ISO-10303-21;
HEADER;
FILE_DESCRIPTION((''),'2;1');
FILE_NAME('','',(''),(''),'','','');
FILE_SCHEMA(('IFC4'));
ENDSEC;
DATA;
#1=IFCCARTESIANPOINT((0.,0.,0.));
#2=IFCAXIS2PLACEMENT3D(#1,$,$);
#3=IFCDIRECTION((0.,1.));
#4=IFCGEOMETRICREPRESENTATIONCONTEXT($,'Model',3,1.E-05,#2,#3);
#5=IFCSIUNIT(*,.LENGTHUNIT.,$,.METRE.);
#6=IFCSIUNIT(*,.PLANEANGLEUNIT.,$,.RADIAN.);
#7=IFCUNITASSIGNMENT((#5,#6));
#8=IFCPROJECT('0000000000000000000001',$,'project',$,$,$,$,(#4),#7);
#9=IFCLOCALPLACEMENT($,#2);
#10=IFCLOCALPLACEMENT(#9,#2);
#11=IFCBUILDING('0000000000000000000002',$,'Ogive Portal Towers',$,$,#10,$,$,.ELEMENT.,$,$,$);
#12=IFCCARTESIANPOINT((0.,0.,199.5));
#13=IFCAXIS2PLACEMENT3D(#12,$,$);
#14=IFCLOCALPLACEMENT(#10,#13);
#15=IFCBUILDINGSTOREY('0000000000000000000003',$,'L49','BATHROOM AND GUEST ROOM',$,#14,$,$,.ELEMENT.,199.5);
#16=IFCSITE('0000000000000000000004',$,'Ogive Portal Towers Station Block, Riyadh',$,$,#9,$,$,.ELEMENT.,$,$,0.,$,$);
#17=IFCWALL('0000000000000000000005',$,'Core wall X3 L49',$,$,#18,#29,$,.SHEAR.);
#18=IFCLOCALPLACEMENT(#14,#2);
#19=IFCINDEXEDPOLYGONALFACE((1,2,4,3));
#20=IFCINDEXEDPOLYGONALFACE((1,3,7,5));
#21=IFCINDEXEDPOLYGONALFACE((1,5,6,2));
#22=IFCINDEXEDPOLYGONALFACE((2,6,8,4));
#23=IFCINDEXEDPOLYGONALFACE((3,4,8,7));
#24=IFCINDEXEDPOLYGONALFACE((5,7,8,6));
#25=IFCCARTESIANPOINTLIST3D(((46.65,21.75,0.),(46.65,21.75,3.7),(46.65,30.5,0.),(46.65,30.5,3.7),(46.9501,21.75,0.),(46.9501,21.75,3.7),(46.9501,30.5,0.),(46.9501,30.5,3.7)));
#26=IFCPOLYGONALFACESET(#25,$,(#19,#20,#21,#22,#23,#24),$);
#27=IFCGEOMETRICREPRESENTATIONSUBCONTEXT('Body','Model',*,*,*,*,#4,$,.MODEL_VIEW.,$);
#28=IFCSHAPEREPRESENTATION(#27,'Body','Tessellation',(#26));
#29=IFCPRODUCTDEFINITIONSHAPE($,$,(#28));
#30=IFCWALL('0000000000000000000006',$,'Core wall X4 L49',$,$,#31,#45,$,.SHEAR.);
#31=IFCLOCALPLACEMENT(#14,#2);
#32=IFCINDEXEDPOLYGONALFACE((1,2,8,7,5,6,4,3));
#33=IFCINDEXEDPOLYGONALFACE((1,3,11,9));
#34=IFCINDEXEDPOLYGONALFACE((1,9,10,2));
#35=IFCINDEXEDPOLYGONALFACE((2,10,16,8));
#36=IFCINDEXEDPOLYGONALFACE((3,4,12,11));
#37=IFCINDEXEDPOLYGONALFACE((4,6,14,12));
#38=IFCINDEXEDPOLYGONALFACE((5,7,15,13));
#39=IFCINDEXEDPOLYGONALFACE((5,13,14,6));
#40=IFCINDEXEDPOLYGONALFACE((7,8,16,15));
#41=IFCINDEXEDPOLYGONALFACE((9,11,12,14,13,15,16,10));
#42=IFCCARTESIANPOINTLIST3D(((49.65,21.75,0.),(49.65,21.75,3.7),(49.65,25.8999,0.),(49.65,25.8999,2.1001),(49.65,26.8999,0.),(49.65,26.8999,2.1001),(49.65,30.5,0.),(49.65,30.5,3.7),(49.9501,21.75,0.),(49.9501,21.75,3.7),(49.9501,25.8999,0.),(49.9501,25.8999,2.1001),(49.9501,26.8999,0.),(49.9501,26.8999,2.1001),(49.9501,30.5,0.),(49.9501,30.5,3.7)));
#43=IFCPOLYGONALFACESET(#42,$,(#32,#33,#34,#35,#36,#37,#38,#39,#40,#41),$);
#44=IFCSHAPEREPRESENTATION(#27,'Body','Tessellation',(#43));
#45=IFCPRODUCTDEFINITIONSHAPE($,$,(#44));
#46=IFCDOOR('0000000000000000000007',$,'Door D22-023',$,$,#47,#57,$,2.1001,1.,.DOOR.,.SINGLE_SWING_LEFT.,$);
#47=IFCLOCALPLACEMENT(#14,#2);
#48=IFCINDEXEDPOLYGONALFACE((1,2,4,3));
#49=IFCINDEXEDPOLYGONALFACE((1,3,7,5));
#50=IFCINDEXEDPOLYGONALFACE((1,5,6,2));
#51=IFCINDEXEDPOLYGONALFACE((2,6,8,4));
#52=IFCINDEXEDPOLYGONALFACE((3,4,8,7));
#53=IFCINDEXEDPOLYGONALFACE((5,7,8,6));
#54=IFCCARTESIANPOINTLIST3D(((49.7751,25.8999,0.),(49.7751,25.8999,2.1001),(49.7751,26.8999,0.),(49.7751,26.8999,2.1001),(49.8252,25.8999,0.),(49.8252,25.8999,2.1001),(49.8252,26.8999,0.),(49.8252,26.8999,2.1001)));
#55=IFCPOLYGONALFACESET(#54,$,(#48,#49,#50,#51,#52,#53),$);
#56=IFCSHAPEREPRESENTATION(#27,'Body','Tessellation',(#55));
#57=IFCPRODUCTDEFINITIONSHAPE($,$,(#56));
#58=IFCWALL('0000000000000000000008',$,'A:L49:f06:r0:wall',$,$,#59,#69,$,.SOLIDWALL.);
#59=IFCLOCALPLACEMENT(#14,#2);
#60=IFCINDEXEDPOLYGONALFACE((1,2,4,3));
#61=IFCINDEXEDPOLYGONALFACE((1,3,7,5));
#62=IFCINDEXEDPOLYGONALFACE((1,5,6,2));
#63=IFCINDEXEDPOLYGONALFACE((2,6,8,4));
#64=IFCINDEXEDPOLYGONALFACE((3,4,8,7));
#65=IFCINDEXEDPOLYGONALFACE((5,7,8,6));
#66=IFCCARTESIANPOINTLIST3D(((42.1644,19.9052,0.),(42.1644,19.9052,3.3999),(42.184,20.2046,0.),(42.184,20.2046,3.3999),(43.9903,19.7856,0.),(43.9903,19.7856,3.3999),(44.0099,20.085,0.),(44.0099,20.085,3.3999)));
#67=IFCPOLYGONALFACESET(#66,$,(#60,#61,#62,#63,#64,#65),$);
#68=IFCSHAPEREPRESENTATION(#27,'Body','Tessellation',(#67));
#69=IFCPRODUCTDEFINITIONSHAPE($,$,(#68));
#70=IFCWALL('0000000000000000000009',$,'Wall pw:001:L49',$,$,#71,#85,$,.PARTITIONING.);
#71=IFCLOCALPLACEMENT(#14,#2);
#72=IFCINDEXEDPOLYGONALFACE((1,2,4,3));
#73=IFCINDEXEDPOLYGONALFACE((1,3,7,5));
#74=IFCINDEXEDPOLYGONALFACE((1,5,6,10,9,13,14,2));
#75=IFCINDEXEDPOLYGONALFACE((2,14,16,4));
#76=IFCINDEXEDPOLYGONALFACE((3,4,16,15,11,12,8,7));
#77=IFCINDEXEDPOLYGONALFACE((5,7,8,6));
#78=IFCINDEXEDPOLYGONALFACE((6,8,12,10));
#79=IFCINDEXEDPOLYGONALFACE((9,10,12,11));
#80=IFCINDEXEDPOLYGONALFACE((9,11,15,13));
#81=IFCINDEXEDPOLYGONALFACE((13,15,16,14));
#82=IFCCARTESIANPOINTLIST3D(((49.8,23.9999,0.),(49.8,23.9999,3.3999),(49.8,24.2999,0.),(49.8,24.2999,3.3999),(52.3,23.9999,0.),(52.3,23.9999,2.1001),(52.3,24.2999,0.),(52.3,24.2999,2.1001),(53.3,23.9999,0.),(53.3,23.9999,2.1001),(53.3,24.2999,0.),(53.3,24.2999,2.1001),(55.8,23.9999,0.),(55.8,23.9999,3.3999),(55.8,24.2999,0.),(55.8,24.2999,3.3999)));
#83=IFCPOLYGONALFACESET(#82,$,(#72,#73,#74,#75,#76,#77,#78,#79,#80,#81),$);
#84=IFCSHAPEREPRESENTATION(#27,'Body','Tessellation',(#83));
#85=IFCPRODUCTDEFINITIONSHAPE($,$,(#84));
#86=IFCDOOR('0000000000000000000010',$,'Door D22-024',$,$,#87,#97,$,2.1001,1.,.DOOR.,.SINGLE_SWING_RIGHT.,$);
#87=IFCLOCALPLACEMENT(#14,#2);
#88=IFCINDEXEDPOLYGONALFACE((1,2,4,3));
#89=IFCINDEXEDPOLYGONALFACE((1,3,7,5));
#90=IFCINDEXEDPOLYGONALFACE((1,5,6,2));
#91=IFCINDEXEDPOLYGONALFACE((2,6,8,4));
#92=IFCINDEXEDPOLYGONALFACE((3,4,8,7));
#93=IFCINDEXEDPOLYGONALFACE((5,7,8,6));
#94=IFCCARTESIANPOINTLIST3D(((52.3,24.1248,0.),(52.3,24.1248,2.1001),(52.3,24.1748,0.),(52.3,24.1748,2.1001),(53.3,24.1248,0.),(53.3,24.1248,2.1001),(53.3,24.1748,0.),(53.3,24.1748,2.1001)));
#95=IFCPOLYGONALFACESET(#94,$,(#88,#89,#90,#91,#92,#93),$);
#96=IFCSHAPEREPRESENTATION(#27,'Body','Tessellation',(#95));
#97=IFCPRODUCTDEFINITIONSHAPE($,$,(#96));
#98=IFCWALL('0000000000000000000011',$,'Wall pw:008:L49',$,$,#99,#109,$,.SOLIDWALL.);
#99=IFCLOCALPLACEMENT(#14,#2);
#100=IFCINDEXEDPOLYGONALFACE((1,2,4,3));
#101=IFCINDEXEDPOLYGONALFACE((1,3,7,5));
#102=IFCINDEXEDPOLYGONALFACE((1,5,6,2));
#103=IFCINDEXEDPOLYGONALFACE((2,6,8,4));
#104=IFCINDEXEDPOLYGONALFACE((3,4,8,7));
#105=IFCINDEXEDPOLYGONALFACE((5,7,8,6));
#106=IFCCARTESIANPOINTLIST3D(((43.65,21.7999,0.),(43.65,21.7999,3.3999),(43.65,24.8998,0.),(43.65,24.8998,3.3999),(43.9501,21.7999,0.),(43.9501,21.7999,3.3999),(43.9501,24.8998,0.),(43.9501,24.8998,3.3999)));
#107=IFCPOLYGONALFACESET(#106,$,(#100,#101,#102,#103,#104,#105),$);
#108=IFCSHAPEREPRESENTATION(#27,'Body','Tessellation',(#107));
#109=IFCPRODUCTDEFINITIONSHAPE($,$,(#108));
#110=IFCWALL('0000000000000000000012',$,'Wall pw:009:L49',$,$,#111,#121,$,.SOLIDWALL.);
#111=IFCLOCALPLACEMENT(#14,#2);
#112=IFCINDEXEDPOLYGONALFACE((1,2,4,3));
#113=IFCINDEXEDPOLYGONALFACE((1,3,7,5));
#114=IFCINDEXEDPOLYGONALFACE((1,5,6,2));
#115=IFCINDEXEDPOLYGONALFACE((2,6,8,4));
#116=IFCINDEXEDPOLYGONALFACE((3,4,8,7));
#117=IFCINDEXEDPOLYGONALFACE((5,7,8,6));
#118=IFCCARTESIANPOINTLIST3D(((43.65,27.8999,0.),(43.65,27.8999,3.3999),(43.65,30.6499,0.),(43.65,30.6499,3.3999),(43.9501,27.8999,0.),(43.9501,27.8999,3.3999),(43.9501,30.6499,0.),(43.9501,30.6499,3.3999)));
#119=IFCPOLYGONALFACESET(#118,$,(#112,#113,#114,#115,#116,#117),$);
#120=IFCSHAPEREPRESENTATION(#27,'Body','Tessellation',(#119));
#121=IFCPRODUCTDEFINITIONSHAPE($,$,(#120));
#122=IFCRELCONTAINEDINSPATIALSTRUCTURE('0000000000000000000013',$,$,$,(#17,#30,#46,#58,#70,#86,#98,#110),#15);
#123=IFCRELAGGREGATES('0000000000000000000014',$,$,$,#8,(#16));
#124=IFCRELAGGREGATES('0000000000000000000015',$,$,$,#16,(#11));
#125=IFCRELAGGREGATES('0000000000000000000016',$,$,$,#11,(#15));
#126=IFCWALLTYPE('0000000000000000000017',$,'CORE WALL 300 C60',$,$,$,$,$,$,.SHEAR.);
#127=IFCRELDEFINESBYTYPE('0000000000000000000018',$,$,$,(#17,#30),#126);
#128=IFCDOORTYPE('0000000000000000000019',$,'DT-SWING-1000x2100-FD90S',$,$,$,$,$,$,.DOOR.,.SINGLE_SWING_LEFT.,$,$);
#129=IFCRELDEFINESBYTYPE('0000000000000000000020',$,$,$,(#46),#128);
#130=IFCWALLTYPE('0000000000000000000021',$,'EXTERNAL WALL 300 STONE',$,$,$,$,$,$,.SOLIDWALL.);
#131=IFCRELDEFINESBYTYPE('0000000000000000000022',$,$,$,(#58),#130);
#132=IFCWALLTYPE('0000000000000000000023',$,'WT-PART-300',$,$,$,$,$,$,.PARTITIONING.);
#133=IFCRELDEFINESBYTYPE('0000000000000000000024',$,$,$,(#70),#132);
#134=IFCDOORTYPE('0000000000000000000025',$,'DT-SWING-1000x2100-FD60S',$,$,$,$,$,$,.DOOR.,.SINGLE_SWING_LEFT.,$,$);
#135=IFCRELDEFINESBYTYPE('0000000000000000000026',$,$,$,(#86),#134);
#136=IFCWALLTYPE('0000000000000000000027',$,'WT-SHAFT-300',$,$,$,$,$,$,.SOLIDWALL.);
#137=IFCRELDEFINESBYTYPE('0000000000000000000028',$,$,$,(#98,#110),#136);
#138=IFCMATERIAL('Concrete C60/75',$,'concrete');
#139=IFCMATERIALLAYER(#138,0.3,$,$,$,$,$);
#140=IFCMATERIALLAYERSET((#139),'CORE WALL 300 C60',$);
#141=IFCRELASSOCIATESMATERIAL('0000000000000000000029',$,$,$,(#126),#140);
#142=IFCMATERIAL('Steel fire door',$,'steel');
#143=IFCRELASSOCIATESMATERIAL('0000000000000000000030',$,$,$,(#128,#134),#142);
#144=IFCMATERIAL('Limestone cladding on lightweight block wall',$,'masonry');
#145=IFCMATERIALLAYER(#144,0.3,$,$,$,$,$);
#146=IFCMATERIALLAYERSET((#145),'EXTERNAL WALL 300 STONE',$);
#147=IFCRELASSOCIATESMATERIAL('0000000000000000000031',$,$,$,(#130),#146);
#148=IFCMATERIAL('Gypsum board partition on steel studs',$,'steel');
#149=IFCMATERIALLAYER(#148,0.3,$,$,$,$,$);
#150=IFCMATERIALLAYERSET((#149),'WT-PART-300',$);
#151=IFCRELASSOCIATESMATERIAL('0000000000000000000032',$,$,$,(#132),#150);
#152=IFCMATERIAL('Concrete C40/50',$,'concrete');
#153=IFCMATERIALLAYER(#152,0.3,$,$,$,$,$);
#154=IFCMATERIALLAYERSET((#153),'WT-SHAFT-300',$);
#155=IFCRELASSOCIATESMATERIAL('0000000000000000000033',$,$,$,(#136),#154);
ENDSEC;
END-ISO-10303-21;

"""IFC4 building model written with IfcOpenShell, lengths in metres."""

from ifc_helpers import new_model, si_unit, direction, frame, frame_2d, origin, place, context, subcontext, project, spatial, rectangle, extrude, material, layer, layer_set, type_object, element, fill, save


model = new_model("IFC4")

# Units and contexts
model_context = context("Model", 3, precision=1e-05, world=origin(), true_north=direction((0.0, 1.0)))
body_context = subcontext(model_context, "Body", "Model", "MODEL_VIEW")
ifc_project = project(units=[si_unit("LENGTHUNIT", "METRE"), si_unit("PLANEANGLEUNIT", "RADIAN")], contexts=[model_context])

# Site, building, storey
site_placement = place(None, origin())
site = spatial("IfcSite", under=ifc_project, at=site_placement, Name="Ogive Portal Towers Station Block, Riyadh", CompositionType="ELEMENT", RefElevation=0.0)
building_placement = place(site_placement, origin())
building = spatial("IfcBuilding", under=site, at=building_placement, Name="Ogive Portal Towers", CompositionType="ELEMENT")
storey_placement = place(building_placement, frame((0.0, 0.0, 199.5)))
storey = spatial("IfcBuildingStorey", under=building, at=storey_placement, Name="L49", Description="BATHROOM AND GUEST ROOM", CompositionType="ELEMENT", Elevation=199.5)

# Wall
ifc_material_1 = material(Name="Concrete C60/75", Category="concrete")
ifc_layer_1 = layer(ifc_material_1, 0.3)
ifc_layer_set_1 = layer_set([ifc_layer_1], Name="CORE WALL 300 C60")
wall_type_1 = type_object("IfcWallType", Name="CORE WALL 300 C60", PredefinedType="SHEAR", material=ifc_layer_set_1)
wall_1_placement = place(storey_placement, frame((46.8, 21.75, 0.0), z_axis=(0.0, 0.0, 1.0), x_axis=(0.0, 1.0, 0.0)))
element("IfcWall", 1, at=wall_1_placement, inside=storey, type_object=wall_type_1, Name="Core wall X3 L49", PredefinedType="SHEAR", context=body_context, shape_type="SweptSolid", body=[
    extrude(rectangle(XDim=8.75, YDim=0.3, at=frame_2d((4.375, 0.0))), origin(), (0.0, 0.0, 1.0), 3.7),
])

# Wall, opening, door
wall_2_placement = place(storey_placement, frame((49.8, 21.75, 0.0), z_axis=(0.0, 0.0, 1.0), x_axis=(0.0, 1.0, 0.0)))
wall_2 = element("IfcWall", 2, at=wall_2_placement, inside=storey, type_object=wall_type_1, Name="Core wall X4 L49", PredefinedType="SHEAR", context=body_context, shape_type="SweptSolid", body=[
    extrude(rectangle(XDim=8.75, YDim=0.3, at=frame_2d((4.375, 0.0))), origin(), (0.0, 0.0, 1.0), 3.7),
])
opening_1_placement = place(wall_2_placement, frame((4.1499, 0.0, 0.0)))
opening_1 = element("IfcOpeningElement", 3, at=opening_1_placement, cuts=wall_2, PredefinedType="OPENING", context=body_context, shape_type="SweptSolid", body=[
    extrude(rectangle(XDim=1.0, YDim=2.1001, at=frame_2d((0.5, 1.05))), frame((0.0, 0.1602, 0.0), z_axis=(0.0, -1.0, 0.0), x_axis=(1.0, 0.0, 0.0)), (0.0, 0.0, 1.0), 0.3201),
])
ifc_material_2 = material(Name="Steel fire door", Category="steel")
door_type_1 = type_object("IfcDoorType", Name="DT-SWING-1000x2100-FD90S", OperationType="SINGLE_SWING_LEFT", PredefinedType="DOOR", material=ifc_material_2)
door_1_placement = place(opening_1_placement, origin())
door_1 = element("IfcDoor", 4, at=door_1_placement, inside=storey, type_object=door_type_1, Name="Door D22-023", OperationType="SINGLE_SWING_LEFT", OverallHeight=2.1001, OverallWidth=1.0, PredefinedType="DOOR", context=body_context, shape_type="SweptSolid", body=[
    extrude(rectangle(XDim=1.0, YDim=2.1001, at=frame_2d((0.5, 1.05))), frame((0.0, 0.0249, 0.0), z_axis=(0.0, -1.0, 0.0), x_axis=(1.0, 0.0, 0.0)), (0.0, 0.0, 1.0), 0.05),
])
fill(opening_1, door_1)

# Wall
ifc_material_3 = material(Name="Limestone cladding on lightweight block wall", Category="masonry")
ifc_layer_2 = layer(ifc_material_3, 0.3)
ifc_layer_set_2 = layer_set([ifc_layer_2], Name="EXTERNAL WALL 300 STONE")
wall_type_2 = type_object("IfcWallType", Name="EXTERNAL WALL 300 STONE", PredefinedType="SOLIDWALL", material=ifc_layer_set_2)
wall_3_placement = place(storey_placement, frame((42.1741, 20.0549, 0.0), z_axis=(0.0, 0.0, 1.0), x_axis=(0.997861, -0.065377, 0.0)))
element("IfcWall", 5, at=wall_3_placement, inside=storey, type_object=wall_type_2, Name="A:L49:f06:r0:wall", PredefinedType="SOLIDWALL", context=body_context, shape_type="SweptSolid", body=[
    extrude(rectangle(XDim=1.8298, YDim=0.3, at=frame_2d((0.915, 0.0))), origin(), (0.0, 0.0, 1.0), 3.3999),
])

# Wall, opening, door
ifc_material_4 = material(Name="Gypsum board partition on steel studs", Category="steel")
ifc_layer_3 = layer(ifc_material_4, 0.3)
ifc_layer_set_3 = layer_set([ifc_layer_3], Name="WT-PART-300")
wall_type_3 = type_object("IfcWallType", Name="WT-PART-300", PredefinedType="PARTITIONING", material=ifc_layer_set_3)
wall_4_placement = place(storey_placement, frame((49.8, 24.1499, 0.0), z_axis=(0.0, 0.0, 1.0), x_axis=(1.0, 0.0, 0.0)))
wall_4 = element("IfcWall", 6, at=wall_4_placement, inside=storey, type_object=wall_type_3, Name="Wall pw:001:L49", PredefinedType="PARTITIONING", context=body_context, shape_type="SweptSolid", body=[
    extrude(rectangle(XDim=6.0, YDim=0.3, at=frame_2d((3.0, 0.0))), origin(), (0.0, 0.0, 1.0), 3.3999),
])
opening_2_placement = place(wall_4_placement, frame((2.5, 0.0, 0.0)))
opening_2 = element("IfcOpeningElement", 7, at=opening_2_placement, cuts=wall_4, PredefinedType="OPENING", context=body_context, shape_type="SweptSolid", body=[
    extrude(rectangle(XDim=1.0, YDim=2.1001, at=frame_2d((0.5, 1.05))), frame((0.0, 0.1602, 0.0), z_axis=(0.0, -1.0, 0.0), x_axis=(1.0, 0.0, 0.0)), (0.0, 0.0, 1.0), 0.3201),
])
door_type_2 = type_object("IfcDoorType", Name="DT-SWING-1000x2100-FD60S", OperationType="SINGLE_SWING_LEFT", PredefinedType="DOOR", material=ifc_material_2)
door_2_placement = place(opening_2_placement, origin())
door_2 = element("IfcDoor", 8, at=door_2_placement, inside=storey, type_object=door_type_2, Name="Door D22-024", OperationType="SINGLE_SWING_RIGHT", OverallHeight=2.1001, OverallWidth=1.0, PredefinedType="DOOR", context=body_context, shape_type="SweptSolid", body=[
    extrude(rectangle(XDim=1.0, YDim=2.1001, at=frame_2d((0.5, 1.05))), frame((0.0, 0.0249, 0.0), z_axis=(0.0, -1.0, 0.0), x_axis=(1.0, 0.0, 0.0)), (0.0, 0.0, 1.0), 0.05),
])
fill(opening_2, door_2)

# Walls
ifc_material_5 = material(Name="Concrete C40/50", Category="concrete")
ifc_layer_4 = layer(ifc_material_5, 0.3)
ifc_layer_set_4 = layer_set([ifc_layer_4], Name="WT-SHAFT-300")
wall_type_4 = type_object("IfcWallType", Name="WT-SHAFT-300", PredefinedType="SOLIDWALL", material=ifc_layer_set_4)
wall_5_placement = place(storey_placement, frame((43.8, 21.8, 0.0), z_axis=(0.0, 0.0, 1.0), x_axis=(0.0, 1.0, 0.0)))
element("IfcWall", 9, at=wall_5_placement, inside=storey, type_object=wall_type_4, Name="Wall pw:008:L49", PredefinedType="SOLIDWALL", context=body_context, shape_type="SweptSolid", body=[
    extrude(rectangle(XDim=3.0999, YDim=0.3, at=frame_2d((1.5498, 0.0))), origin(), (0.0, 0.0, 1.0), 3.3999),
])
wall_6_placement = place(storey_placement, frame((43.8, 27.8999, 0.0), z_axis=(0.0, 0.0, 1.0), x_axis=(0.0, 1.0, 0.0)))
element("IfcWall", 10, at=wall_6_placement, inside=storey, type_object=wall_type_4, Name="Wall pw:009:L49", PredefinedType="SOLIDWALL", context=body_context, shape_type="SweptSolid", body=[
    extrude(rectangle(XDim=2.75, YDim=0.3, at=frame_2d((1.375, 0.0))), origin(), (0.0, 0.0, 1.0), 3.3999),
])

save(model, "model.ifc")
